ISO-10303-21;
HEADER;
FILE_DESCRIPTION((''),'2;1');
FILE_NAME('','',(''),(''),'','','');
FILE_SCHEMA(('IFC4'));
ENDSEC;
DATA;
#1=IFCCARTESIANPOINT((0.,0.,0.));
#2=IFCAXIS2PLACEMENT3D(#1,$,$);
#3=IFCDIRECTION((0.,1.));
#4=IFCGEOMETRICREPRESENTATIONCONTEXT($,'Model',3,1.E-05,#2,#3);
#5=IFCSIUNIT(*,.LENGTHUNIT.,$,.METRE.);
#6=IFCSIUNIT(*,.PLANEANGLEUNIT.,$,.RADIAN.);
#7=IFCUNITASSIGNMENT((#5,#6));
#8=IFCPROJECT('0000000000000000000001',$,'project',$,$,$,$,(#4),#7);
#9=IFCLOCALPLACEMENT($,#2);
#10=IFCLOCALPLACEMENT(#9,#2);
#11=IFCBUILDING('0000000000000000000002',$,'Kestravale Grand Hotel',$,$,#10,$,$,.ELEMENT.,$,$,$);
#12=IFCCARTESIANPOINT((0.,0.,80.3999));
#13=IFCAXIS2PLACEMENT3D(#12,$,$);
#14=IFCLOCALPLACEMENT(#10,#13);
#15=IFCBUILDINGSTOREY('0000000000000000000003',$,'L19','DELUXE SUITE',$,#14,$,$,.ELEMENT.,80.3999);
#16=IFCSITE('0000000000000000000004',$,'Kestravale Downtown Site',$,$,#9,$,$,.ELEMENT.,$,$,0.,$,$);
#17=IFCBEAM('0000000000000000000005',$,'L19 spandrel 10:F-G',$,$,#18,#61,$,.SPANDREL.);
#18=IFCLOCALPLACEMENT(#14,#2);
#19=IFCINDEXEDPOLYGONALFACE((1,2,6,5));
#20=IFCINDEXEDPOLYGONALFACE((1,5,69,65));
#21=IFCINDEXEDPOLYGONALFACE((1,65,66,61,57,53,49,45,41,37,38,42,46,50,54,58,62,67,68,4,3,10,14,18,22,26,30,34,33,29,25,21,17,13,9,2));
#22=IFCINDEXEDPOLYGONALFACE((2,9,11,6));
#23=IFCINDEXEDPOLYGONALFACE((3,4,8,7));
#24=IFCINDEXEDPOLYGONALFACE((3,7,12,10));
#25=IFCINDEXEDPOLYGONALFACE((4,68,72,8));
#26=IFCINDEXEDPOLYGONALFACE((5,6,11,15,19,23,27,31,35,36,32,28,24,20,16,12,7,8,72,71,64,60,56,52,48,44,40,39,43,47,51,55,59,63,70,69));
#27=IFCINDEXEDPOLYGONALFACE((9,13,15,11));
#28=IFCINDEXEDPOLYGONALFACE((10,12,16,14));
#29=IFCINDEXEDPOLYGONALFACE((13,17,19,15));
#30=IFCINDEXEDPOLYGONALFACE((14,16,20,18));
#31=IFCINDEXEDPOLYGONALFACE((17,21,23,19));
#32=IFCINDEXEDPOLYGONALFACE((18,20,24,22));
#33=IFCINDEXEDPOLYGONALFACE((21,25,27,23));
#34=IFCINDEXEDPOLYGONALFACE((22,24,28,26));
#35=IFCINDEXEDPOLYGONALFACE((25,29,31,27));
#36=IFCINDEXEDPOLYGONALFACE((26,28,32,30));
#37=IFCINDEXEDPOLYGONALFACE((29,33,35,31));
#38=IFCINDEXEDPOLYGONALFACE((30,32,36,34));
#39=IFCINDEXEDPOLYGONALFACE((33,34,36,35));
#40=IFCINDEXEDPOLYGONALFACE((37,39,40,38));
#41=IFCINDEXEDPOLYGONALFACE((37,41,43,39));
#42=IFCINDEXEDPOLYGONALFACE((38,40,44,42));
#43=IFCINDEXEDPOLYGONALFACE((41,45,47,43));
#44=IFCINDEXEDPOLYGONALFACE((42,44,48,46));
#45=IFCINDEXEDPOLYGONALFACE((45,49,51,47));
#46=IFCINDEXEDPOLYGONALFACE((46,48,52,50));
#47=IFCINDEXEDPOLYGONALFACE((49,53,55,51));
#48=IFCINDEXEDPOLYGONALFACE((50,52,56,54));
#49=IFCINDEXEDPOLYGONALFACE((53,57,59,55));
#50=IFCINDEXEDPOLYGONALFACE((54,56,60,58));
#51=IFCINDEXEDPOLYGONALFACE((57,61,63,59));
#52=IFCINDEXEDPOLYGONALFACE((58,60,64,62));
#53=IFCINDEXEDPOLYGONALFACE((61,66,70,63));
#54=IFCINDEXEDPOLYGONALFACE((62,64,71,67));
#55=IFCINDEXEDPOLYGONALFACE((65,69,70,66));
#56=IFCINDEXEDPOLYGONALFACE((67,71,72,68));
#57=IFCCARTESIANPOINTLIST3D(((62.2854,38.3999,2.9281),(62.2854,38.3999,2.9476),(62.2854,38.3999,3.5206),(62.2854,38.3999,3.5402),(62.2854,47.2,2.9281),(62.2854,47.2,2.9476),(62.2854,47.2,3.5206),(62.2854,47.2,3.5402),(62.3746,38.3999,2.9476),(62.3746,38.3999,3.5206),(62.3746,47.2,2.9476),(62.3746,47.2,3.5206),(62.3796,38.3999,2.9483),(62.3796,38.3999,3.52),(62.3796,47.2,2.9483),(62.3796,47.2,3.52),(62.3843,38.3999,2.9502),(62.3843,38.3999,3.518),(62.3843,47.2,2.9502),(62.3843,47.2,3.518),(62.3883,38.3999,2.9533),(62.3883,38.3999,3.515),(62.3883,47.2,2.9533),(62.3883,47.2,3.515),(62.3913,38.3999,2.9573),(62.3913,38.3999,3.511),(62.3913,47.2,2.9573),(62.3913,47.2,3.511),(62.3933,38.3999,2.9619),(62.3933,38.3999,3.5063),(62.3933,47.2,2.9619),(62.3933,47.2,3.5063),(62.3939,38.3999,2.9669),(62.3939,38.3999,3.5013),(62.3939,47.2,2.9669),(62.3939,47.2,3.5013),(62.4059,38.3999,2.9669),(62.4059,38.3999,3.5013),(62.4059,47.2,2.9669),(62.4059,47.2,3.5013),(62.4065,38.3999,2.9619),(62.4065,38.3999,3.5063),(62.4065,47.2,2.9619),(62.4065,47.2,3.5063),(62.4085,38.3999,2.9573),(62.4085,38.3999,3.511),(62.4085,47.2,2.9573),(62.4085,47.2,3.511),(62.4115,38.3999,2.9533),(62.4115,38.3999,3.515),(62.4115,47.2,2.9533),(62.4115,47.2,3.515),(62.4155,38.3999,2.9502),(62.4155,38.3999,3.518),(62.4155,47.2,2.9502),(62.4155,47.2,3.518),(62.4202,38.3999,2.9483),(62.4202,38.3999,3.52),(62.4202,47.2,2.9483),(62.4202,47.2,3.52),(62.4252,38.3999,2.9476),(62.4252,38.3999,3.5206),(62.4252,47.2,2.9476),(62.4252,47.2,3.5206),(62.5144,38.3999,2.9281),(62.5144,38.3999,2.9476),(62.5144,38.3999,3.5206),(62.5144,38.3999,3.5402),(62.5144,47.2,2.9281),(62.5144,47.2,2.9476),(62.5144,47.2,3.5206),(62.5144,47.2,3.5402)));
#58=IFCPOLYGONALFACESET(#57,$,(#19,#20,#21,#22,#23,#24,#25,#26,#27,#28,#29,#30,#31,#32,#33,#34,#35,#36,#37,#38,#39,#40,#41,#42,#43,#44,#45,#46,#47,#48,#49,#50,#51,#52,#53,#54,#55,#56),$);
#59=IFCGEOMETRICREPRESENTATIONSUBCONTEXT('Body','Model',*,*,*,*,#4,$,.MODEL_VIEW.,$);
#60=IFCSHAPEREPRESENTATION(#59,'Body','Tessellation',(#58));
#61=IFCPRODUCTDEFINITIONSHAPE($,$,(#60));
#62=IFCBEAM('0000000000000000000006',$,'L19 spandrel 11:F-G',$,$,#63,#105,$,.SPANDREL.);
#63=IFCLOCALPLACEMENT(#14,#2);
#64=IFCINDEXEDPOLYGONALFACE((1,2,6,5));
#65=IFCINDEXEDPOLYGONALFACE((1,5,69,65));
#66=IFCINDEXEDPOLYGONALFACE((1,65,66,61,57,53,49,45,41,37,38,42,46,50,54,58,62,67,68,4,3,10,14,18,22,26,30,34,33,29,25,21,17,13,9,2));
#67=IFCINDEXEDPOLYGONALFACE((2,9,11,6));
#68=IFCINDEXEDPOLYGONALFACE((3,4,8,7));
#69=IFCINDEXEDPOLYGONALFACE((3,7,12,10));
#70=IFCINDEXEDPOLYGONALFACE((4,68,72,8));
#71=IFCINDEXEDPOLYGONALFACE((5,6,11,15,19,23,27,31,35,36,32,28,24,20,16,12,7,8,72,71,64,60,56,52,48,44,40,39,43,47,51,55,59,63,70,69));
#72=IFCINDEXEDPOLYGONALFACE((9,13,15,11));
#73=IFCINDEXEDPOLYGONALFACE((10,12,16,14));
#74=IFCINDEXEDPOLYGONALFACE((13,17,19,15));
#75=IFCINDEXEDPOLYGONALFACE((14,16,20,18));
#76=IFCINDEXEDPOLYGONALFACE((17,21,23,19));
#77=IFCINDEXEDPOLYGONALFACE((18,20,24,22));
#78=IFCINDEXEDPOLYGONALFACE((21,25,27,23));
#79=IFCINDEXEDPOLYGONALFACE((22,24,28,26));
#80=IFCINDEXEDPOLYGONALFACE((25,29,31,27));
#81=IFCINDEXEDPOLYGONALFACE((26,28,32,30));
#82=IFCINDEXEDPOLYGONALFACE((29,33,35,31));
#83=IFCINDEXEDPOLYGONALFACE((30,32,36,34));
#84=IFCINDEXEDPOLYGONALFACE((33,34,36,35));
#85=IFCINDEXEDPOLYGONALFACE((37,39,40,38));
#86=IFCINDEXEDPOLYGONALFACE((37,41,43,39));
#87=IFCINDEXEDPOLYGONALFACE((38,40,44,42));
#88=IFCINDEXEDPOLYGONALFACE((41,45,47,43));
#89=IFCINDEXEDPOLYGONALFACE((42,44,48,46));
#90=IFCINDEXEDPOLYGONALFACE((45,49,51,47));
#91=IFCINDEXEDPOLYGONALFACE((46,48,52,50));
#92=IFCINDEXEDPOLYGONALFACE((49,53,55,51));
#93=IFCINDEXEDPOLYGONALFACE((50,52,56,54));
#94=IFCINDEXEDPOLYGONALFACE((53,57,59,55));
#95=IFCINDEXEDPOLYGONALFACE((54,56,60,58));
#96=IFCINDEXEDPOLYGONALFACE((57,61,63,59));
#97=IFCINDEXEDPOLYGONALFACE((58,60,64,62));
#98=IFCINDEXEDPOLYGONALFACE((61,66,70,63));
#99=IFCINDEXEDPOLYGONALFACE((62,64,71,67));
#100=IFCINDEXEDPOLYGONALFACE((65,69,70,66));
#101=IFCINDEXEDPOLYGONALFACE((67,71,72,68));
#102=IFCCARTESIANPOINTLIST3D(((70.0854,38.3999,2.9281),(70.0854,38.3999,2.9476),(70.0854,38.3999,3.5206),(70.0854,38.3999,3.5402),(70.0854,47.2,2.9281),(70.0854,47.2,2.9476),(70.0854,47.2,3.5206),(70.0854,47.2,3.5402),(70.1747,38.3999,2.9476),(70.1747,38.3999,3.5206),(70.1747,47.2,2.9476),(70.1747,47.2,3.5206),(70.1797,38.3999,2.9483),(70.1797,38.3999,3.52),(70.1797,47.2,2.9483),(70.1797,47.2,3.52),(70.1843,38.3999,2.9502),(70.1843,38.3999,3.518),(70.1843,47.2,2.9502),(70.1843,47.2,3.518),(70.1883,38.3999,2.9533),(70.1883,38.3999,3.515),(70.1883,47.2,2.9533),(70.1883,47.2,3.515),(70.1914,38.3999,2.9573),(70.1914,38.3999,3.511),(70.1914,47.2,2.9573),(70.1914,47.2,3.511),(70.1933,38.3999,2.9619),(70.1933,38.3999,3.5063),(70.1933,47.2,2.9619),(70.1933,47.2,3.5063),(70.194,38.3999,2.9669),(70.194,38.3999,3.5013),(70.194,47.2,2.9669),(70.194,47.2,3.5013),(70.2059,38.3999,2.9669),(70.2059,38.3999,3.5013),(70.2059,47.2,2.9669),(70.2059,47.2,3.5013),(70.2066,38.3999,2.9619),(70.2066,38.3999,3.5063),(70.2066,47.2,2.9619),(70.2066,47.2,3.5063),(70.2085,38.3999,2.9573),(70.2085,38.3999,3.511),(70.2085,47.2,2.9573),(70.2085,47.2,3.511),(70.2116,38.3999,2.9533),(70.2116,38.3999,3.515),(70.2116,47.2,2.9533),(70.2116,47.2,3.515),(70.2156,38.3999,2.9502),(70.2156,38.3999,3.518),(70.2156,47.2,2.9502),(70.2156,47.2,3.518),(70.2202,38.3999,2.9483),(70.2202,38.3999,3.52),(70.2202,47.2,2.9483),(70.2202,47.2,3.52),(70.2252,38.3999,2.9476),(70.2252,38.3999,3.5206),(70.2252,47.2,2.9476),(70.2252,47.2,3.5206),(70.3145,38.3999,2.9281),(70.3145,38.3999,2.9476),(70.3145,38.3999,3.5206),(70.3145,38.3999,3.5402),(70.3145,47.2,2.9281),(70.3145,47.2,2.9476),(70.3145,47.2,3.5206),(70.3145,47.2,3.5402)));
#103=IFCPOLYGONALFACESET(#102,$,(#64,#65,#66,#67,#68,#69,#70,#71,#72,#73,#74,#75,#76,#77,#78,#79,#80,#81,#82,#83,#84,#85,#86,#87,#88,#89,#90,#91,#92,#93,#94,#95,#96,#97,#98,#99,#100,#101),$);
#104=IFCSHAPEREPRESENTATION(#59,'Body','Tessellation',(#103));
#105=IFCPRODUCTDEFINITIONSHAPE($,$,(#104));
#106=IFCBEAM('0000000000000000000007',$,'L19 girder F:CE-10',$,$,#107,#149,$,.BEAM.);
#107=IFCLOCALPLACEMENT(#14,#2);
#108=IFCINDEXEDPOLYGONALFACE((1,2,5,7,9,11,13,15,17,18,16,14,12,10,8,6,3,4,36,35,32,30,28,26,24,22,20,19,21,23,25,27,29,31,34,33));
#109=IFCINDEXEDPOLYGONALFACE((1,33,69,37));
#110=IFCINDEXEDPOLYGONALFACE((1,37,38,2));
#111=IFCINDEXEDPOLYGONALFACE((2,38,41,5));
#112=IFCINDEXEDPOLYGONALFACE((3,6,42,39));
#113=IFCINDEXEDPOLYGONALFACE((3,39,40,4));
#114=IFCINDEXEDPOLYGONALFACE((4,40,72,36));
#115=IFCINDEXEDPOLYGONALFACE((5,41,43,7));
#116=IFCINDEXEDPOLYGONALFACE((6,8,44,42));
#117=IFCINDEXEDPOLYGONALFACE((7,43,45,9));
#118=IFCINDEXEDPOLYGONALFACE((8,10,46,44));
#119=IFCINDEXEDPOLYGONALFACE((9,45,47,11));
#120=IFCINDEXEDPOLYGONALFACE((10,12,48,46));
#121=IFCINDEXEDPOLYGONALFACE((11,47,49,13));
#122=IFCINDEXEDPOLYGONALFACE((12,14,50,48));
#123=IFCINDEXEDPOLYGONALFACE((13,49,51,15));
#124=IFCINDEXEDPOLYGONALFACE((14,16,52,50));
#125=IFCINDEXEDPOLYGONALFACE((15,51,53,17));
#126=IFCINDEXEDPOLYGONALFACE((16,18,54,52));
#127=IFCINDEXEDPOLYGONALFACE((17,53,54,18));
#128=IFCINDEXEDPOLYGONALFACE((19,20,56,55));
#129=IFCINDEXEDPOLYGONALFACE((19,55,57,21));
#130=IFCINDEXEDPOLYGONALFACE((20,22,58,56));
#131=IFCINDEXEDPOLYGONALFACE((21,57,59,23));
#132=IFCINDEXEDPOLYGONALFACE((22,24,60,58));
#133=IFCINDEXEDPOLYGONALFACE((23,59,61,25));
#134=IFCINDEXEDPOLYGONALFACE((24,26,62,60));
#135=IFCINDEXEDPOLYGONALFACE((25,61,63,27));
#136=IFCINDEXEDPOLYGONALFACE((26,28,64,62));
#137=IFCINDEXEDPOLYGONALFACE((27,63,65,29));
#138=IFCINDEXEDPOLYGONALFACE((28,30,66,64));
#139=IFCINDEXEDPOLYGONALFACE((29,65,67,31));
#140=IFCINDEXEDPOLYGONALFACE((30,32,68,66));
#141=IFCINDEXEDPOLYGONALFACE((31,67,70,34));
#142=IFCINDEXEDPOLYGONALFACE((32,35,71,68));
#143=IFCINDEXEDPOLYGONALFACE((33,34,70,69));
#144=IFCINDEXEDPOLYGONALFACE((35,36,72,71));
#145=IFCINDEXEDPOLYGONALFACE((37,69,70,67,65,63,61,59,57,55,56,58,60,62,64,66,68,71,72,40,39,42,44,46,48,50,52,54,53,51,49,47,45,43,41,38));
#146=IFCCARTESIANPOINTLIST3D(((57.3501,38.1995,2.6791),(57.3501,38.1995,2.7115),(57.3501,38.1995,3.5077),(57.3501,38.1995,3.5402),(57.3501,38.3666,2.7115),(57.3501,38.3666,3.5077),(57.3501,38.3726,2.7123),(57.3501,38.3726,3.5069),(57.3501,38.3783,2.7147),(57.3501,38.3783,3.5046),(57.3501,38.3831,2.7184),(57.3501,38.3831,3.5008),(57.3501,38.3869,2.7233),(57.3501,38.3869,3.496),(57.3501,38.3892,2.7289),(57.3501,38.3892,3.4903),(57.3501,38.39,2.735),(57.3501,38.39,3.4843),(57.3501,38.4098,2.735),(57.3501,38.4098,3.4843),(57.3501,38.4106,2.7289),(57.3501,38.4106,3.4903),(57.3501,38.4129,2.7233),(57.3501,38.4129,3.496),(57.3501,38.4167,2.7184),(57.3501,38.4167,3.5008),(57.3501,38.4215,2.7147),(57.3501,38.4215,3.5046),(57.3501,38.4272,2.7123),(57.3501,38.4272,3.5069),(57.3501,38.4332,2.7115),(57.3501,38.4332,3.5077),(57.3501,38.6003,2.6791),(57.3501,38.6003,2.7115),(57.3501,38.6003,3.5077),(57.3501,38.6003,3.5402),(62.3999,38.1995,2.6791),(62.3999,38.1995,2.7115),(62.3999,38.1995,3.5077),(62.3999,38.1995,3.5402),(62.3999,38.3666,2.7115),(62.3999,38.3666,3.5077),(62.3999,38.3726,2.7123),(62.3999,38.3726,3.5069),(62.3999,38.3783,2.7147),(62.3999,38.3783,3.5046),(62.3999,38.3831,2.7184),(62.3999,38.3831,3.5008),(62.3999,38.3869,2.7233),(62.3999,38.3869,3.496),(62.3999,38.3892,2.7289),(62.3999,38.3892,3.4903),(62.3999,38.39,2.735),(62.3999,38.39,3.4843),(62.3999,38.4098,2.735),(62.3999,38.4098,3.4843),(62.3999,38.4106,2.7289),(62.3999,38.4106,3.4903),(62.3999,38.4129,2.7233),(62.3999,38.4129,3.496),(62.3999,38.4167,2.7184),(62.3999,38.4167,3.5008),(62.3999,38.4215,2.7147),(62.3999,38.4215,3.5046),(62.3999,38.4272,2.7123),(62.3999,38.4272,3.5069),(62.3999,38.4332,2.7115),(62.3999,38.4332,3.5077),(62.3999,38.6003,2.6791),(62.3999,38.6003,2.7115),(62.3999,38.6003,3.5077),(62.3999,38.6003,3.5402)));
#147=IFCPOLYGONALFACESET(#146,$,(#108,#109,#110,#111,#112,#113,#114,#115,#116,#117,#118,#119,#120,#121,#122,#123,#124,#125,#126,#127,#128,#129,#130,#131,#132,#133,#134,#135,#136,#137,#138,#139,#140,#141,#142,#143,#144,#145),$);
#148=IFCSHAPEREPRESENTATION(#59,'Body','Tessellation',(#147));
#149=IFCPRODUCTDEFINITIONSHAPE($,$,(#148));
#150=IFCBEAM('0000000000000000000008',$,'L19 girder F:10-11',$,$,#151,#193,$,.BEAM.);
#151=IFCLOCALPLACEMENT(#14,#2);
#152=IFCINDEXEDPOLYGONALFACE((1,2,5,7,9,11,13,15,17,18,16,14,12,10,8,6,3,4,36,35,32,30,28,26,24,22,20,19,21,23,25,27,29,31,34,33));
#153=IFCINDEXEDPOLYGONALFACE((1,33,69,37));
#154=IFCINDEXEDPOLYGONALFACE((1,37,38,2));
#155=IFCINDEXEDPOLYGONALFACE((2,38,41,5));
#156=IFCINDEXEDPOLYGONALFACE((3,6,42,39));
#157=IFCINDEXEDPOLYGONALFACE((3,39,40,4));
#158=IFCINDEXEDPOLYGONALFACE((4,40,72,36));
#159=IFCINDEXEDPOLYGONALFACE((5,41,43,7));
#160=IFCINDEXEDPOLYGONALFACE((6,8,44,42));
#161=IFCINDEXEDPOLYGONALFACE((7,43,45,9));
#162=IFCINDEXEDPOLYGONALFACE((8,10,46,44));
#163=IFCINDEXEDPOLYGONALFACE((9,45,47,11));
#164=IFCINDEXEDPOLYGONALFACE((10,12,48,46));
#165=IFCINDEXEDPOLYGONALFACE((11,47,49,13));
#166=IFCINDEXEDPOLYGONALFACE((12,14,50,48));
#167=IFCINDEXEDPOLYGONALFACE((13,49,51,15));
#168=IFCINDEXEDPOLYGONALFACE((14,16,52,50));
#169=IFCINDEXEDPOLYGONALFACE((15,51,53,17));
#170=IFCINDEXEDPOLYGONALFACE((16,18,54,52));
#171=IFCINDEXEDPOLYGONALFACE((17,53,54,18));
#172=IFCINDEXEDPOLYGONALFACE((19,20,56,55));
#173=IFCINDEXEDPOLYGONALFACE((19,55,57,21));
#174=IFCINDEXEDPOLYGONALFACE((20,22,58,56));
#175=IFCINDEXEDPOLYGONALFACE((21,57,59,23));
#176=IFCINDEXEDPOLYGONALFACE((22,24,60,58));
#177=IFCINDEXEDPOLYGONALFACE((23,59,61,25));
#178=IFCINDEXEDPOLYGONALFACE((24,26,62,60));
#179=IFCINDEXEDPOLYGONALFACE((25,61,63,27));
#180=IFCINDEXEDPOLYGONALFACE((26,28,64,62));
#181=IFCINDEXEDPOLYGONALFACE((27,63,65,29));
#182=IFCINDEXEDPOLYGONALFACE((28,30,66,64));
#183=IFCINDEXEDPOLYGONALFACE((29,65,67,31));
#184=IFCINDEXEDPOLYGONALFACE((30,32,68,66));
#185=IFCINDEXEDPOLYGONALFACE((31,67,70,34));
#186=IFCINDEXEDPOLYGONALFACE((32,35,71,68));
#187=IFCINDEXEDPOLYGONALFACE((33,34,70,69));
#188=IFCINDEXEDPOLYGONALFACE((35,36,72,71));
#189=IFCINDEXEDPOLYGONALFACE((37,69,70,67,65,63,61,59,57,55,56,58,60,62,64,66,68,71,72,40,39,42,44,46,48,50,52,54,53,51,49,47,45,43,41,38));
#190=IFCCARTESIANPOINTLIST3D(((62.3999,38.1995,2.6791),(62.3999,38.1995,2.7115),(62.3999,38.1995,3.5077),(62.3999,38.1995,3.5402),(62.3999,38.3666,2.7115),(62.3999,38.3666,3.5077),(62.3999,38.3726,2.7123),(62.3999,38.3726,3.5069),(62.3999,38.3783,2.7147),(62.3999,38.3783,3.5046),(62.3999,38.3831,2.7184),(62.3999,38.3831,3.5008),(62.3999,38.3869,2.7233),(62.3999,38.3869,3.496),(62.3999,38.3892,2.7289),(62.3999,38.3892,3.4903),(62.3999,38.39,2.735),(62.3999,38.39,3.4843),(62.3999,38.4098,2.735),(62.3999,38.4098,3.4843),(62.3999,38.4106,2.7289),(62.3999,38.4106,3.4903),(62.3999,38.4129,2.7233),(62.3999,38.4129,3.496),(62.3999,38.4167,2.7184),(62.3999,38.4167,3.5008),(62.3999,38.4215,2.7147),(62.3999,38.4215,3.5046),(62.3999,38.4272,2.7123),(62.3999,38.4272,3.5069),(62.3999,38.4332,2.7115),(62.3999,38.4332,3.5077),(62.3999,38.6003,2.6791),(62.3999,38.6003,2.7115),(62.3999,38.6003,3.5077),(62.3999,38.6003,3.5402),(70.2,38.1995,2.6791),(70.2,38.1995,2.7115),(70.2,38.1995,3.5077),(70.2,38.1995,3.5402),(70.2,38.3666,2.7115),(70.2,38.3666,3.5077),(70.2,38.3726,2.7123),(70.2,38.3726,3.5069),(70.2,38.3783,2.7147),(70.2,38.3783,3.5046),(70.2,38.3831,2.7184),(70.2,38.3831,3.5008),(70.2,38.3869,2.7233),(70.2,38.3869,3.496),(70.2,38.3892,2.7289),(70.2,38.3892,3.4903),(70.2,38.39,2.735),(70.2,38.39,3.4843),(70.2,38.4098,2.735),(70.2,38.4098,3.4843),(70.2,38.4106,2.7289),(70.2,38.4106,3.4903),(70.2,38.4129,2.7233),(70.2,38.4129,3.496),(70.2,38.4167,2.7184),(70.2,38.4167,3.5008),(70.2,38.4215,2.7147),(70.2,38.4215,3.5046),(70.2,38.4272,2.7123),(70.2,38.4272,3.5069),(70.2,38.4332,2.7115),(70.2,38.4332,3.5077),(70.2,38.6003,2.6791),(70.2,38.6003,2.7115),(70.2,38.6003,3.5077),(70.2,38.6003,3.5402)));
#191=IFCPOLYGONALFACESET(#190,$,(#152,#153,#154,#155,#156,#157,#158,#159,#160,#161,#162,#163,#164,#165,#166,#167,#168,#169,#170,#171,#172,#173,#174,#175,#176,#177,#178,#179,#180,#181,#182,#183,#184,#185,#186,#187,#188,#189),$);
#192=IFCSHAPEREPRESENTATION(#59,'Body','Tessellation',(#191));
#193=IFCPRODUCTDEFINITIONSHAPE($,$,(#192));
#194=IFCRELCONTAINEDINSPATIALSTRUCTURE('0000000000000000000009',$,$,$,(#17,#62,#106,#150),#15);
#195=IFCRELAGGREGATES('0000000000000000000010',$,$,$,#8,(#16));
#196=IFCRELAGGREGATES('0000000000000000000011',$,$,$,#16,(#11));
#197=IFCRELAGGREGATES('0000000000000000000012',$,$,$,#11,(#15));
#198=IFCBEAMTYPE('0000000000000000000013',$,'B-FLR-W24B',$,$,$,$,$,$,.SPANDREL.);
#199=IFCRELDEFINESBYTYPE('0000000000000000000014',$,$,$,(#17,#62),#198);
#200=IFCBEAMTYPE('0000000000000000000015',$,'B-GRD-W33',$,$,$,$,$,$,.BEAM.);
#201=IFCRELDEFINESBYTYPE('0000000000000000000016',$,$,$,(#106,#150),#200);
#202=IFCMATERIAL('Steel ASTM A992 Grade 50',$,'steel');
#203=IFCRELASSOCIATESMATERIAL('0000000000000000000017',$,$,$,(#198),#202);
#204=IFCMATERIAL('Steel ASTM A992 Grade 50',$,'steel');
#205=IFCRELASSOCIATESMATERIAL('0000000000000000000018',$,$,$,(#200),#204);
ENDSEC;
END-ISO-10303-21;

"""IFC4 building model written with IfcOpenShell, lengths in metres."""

from ifc_helpers import new_model, si_unit, direction, frame, origin, origin_2d, place, context, subcontext, project, spatial, i_section, extrude, material, material_profile, profile_set, type_object, element, save


model = new_model("IFC4")

# Units and contexts
model_context = context("Model", 3, precision=1e-05, world=origin(), true_north=direction((0.0, 1.0)))
body_context = subcontext(model_context, "Body", "Model", "MODEL_VIEW")
ifc_project = project(units=[si_unit("LENGTHUNIT", "METRE"), si_unit("PLANEANGLEUNIT", "RADIAN")], contexts=[model_context])

# Site, building, storey
site_placement = place(None, origin())
site = spatial("IfcSite", under=ifc_project, at=site_placement, Name="Kestravale Downtown Site", CompositionType="ELEMENT", RefElevation=0.0)
building_placement = place(site_placement, origin())
building = spatial("IfcBuilding", under=site, at=building_placement, Name="Kestravale Grand Hotel", CompositionType="ELEMENT")
storey_placement = place(building_placement, frame((0.0, 0.0, 80.3999)))
storey = spatial("IfcBuildingStorey", under=building, at=storey_placement, Name="L19", Description="DELUXE SUITE", CompositionType="ELEMENT", Elevation=80.3999)

# Beams
ifc_material_1 = material(Name="Steel ASTM A992 Grade 50", Category="steel")
ifc_material_profile_1 = material_profile(ifc_material_1, i_section(OverallWidth=0.229, OverallDepth=0.6121, WebThickness=0.012, FlangeThickness=0.0195, FilletRadius=0.0193, at=origin_2d()))
ifc_profile_set_1 = profile_set([ifc_material_profile_1], Name="Steel ASTM A992 Grade 50")
beam_type_1 = type_object("IfcBeamType", Name="B-FLR-W24B", PredefinedType="SPANDREL", material=ifc_profile_set_1)
for number, where, z_axis, x_axis, name in (
    (1, (62.3999, 38.3999, 3.2341), (0.0, 1.0, 0.0), (-1.0, 0.0, 0.0), "L19 spandrel 10:F-G"),
    (2, (70.2, 38.3999, 3.2341), (0.0, 1.0, 0.0), (-1.0, 0.0, 0.0), "L19 spandrel 11:F-G"),
):
    element("IfcBeam", number, at=place(storey_placement, frame(where, z_axis=z_axis, x_axis=x_axis)), inside=storey, type_object=beam_type_1, Name=name, PredefinedType="SPANDREL", context=body_context, shape_type="SweptSolid", body=[
        extrude(i_section(OverallWidth=0.229, OverallDepth=0.6121, WebThickness=0.012, FlangeThickness=0.0195, FilletRadius=0.0193, at=origin_2d()), origin(), (0.0, 0.0, 1.0), 8.8),
    ])
ifc_material_2 = material(Name="Steel ASTM A992 Grade 50", Category="steel")
ifc_material_profile_2 = material_profile(ifc_material_2, i_section(OverallWidth=0.4009, OverallDepth=0.8611, WebThickness=0.0198, FlangeThickness=0.0325, FilletRadius=0.0234, at=origin_2d()))
ifc_profile_set_2 = profile_set([ifc_material_profile_2], Name="Steel ASTM A992 Grade 50")
beam_type_2 = type_object("IfcBeamType", Name="B-GRD-W33", PredefinedType="BEAM", material=ifc_profile_set_2)
beam_1_placement = place(storey_placement, frame((57.3501, 38.3999, 3.1096), z_axis=(1.0, 0.0, 0.0), x_axis=(0.0, 1.0, 0.0)))
element("IfcBeam", 3, at=beam_1_placement, inside=storey, type_object=beam_type_2, Name="L19 girder F:CE-10", PredefinedType="BEAM", context=body_context, shape_type="SweptSolid", body=[
    extrude(i_section(OverallWidth=0.4009, OverallDepth=0.8611, WebThickness=0.0198, FlangeThickness=0.0325, FilletRadius=0.0234, at=origin_2d()), origin(), (0.0, 0.0, 1.0), 5.0498),
])
beam_2_placement = place(storey_placement, frame((62.3999, 38.3999, 3.1096), z_axis=(1.0, 0.0, 0.0), x_axis=(0.0, 1.0, 0.0)))
element("IfcBeam", 4, at=beam_2_placement, inside=storey, type_object=beam_type_2, Name="L19 girder F:10-11", PredefinedType="BEAM", context=body_context, shape_type="SweptSolid", body=[
    extrude(i_section(OverallWidth=0.4009, OverallDepth=0.8611, WebThickness=0.0198, FlangeThickness=0.0325, FilletRadius=0.0234, at=origin_2d()), origin(), (0.0, 0.0, 1.0), 7.8),
])

save(model, "model.ifc")
